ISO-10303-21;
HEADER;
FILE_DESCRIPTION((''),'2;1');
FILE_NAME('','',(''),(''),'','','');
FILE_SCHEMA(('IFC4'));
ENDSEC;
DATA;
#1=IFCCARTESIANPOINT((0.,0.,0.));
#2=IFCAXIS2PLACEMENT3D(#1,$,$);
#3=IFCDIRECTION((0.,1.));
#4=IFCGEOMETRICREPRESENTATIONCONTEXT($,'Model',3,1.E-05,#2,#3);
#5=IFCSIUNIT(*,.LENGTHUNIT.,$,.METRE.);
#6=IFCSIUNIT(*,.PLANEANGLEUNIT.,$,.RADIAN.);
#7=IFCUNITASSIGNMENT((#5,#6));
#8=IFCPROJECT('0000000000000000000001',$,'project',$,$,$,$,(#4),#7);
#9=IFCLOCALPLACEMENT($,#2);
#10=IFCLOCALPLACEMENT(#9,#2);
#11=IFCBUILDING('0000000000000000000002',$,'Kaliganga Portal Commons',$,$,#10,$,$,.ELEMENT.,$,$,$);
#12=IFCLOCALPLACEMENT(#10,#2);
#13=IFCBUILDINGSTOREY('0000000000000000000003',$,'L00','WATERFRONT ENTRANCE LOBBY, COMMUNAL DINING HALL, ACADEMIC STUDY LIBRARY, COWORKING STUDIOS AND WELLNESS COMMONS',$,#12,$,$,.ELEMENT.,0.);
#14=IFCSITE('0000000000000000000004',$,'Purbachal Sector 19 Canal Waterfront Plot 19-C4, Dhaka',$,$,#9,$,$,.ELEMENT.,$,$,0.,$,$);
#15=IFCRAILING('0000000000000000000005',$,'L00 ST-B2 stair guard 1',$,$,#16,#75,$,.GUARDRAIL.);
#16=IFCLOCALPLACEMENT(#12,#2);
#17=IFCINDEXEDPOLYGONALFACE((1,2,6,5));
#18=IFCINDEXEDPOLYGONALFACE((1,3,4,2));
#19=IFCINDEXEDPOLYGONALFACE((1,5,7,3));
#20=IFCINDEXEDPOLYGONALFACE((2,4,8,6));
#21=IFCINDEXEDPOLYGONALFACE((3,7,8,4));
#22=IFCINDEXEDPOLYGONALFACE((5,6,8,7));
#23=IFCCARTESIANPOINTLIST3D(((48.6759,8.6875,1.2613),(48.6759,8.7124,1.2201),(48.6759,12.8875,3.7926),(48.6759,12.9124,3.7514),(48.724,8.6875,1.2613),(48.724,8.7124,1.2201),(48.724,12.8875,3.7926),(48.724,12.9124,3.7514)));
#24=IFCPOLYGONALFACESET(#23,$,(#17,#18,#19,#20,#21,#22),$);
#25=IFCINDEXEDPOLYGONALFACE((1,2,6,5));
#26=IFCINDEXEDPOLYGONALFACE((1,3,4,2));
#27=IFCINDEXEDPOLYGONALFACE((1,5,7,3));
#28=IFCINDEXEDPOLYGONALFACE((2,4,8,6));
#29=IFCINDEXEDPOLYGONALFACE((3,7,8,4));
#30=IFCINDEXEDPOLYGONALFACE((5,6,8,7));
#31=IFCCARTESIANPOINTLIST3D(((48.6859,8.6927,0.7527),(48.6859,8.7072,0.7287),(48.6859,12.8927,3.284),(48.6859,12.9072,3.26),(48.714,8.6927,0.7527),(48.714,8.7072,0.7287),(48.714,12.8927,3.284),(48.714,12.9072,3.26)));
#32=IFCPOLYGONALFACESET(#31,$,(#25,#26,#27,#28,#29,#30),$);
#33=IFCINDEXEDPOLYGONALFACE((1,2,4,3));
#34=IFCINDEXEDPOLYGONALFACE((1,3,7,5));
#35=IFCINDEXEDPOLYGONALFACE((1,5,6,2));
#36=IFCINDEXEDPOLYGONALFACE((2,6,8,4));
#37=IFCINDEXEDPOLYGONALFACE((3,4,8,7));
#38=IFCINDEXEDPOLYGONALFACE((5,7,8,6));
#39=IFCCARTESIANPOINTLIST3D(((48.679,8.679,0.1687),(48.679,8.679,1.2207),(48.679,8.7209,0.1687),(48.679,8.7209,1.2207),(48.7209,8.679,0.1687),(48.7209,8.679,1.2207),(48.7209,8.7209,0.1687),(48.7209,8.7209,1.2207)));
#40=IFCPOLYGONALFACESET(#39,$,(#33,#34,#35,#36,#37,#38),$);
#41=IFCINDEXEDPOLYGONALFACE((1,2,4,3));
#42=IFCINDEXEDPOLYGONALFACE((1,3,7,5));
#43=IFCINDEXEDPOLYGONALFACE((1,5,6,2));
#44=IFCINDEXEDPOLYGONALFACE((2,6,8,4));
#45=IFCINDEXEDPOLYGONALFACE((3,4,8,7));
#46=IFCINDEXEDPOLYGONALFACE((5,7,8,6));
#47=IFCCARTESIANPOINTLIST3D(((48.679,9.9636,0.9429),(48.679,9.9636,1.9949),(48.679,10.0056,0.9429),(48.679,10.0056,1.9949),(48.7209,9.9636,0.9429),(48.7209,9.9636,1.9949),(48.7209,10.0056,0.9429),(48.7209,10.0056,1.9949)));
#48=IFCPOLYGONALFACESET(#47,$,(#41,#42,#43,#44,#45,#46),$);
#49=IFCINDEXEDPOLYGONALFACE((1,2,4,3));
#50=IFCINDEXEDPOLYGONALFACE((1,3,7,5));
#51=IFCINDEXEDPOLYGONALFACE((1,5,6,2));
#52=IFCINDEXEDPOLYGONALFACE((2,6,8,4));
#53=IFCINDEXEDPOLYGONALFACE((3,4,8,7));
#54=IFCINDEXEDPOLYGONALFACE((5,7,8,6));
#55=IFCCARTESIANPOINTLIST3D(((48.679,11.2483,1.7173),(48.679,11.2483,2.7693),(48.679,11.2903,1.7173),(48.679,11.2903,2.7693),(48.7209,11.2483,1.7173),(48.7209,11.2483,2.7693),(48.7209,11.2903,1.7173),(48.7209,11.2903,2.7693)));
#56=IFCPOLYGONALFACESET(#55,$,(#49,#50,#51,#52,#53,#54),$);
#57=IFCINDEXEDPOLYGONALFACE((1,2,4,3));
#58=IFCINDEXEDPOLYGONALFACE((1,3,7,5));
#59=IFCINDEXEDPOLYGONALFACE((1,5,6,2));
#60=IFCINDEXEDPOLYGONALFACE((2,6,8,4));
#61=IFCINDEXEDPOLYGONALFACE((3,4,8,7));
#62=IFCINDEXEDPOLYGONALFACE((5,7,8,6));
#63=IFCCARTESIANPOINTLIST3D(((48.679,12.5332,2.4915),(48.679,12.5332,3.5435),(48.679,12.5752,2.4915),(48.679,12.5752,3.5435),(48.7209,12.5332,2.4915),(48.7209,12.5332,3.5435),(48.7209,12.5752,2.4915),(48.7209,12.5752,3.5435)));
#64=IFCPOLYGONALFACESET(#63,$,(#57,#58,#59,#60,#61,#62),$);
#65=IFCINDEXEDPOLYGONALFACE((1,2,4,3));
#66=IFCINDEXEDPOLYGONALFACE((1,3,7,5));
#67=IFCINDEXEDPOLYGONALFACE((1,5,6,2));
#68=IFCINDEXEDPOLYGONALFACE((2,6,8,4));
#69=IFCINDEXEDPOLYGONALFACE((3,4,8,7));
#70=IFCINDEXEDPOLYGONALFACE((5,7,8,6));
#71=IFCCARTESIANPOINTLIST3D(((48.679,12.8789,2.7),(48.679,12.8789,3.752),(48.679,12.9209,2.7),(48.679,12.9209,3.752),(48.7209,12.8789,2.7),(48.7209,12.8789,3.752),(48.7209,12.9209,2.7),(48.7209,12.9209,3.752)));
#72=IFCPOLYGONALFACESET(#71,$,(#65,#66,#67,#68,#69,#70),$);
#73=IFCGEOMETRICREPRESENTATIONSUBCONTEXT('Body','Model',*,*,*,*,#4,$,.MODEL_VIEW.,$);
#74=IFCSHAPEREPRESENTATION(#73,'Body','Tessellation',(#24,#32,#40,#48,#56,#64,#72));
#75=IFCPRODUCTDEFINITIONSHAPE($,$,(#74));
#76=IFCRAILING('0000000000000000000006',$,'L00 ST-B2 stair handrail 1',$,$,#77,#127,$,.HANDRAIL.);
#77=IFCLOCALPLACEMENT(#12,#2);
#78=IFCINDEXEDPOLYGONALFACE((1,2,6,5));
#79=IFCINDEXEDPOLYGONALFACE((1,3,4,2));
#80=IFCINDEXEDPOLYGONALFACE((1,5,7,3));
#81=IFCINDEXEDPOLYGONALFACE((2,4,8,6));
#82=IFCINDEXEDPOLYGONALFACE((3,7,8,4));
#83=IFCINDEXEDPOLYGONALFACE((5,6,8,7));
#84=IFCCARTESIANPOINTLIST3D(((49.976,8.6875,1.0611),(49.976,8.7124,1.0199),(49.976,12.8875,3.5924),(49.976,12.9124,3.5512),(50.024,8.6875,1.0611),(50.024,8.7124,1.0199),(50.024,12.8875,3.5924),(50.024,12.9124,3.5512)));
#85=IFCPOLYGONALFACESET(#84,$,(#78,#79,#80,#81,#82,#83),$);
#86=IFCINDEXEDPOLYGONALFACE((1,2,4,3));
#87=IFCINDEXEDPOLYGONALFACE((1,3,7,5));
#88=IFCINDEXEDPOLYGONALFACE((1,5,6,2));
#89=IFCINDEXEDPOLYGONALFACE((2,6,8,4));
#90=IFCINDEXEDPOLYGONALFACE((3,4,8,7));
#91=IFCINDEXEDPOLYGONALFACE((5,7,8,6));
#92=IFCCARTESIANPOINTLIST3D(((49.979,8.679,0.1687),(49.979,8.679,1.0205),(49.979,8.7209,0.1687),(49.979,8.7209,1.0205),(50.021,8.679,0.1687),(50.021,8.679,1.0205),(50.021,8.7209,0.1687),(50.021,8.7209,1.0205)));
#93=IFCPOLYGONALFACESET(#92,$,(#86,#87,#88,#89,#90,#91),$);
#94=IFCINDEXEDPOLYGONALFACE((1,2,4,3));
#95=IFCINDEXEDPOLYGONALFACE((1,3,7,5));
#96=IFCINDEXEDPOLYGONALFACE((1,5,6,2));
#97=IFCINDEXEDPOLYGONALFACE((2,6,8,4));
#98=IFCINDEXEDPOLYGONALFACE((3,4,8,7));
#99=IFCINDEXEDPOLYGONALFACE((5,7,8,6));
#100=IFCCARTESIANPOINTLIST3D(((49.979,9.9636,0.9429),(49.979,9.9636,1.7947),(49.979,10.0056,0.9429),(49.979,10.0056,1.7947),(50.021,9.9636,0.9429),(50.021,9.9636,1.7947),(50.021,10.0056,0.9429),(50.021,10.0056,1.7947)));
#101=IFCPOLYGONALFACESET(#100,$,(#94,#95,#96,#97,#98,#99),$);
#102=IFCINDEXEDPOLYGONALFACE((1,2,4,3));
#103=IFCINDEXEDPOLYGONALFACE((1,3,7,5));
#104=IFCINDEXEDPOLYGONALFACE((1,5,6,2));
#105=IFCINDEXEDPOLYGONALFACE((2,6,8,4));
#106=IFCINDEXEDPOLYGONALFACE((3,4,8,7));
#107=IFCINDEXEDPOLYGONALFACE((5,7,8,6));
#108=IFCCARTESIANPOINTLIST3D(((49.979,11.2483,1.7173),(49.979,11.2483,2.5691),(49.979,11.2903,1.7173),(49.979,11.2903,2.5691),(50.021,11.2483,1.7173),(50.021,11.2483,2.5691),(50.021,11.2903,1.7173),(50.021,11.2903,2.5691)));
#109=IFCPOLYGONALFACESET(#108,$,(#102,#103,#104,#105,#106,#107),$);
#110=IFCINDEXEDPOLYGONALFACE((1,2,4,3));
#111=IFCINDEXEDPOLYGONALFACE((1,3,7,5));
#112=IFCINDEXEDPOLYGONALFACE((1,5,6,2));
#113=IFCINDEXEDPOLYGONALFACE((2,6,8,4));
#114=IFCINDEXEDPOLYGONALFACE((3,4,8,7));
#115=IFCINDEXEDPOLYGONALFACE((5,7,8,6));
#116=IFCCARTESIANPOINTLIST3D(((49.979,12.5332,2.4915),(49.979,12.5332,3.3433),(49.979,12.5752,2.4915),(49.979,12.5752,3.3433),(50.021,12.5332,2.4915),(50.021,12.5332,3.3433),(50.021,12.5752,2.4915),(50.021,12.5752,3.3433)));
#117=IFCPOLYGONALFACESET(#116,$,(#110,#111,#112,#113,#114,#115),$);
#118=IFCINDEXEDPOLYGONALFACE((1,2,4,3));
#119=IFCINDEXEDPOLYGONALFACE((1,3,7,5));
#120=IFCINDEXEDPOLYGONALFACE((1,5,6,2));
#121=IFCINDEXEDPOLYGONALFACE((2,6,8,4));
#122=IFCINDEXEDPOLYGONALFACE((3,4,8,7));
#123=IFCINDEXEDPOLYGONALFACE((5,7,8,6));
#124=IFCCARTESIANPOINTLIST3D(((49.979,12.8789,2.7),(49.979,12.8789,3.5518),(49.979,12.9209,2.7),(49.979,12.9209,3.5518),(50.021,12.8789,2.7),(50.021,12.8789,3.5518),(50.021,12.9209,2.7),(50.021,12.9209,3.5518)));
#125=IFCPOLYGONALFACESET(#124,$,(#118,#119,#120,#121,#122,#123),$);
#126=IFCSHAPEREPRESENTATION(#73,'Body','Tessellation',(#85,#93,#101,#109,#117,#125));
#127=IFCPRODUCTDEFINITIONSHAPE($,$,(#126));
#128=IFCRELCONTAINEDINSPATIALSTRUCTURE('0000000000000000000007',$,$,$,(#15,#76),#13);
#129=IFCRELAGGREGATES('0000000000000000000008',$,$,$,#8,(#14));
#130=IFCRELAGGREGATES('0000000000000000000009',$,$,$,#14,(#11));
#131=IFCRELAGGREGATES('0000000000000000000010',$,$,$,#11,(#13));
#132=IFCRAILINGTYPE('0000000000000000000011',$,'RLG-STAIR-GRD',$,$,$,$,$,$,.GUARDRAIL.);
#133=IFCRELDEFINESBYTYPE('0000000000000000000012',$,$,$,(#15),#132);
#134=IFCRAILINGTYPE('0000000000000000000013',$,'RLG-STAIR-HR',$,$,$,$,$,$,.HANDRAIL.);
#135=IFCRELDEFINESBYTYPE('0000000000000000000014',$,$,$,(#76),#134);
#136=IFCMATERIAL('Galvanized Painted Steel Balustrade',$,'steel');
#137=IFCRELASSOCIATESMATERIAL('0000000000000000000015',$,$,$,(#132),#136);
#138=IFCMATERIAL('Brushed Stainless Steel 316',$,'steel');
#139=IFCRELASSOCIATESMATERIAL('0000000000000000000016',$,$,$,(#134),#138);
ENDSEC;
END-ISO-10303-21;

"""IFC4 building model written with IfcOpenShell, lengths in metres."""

from ifc_helpers import new_model, si_unit, direction, frame, origin, origin_2d, place, context, subcontext, project, spatial, rectangle, extrude, material, type_object, element, save


model = new_model("IFC4")

# Units and contexts
model_context = context("Model", 3, precision=1e-05, world=origin(), true_north=direction((0.0, 1.0)))
body_context = subcontext(model_context, "Body", "Model", "MODEL_VIEW")
ifc_project = project(units=[si_unit("LENGTHUNIT", "METRE"), si_unit("PLANEANGLEUNIT", "RADIAN")], contexts=[model_context])

# Site, building, storey
site_placement = place(None, origin())
site = spatial("IfcSite", under=ifc_project, at=site_placement, Name="Purbachal Sector 19 Canal Waterfront Plot 19-C4, Dhaka", CompositionType="ELEMENT", RefElevation=0.0)
building_placement = place(site_placement, origin())
building = spatial("IfcBuilding", under=site, at=building_placement, Name="Kaliganga Portal Commons", CompositionType="ELEMENT")
storey_placement = place(building_placement, origin())
storey = spatial("IfcBuildingStorey", under=building, at=storey_placement, Name="L00", Description="WATERFRONT ENTRANCE LOBBY, COMMUNAL DINING HALL, ACADEMIC STUDY LIBRARY, COWORKING STUDIOS AND WELLNESS COMMONS", CompositionType="ELEMENT", Elevation=0.0)

# Railings
ifc_material_1 = material(Name="Galvanized Painted Steel Balustrade", Category="steel")
railing_type_1 = type_object("IfcRailingType", Name="RLG-STAIR-GRD", PredefinedType="GUARDRAIL", material=ifc_material_1)
railing_1_placement = place(storey_placement, frame((48.7, 8.7, 0.1687)))
element("IfcRailing", 1, at=railing_1_placement, inside=storey, type_object=railing_type_1, Name="L00 ST-B2 stair guard 1", PredefinedType="GUARDRAIL", context=body_context, shape_type="SweptSolid", body=[
    extrude(rectangle(XDim=0.0481, YDim=0.0481, at=origin_2d()), frame((0.0, 0.0, 1.072), z_axis=(0.0, 0.856476, 0.516186), x_axis=(-1.0, 0.0, 0.0)), (0.0, 0.0, 1.0), 4.9038),
    extrude(rectangle(XDim=0.0281, YDim=0.0281, at=origin_2d()), frame((0.0, 0.0, 0.572), z_axis=(0.0, 0.856476, 0.516186), x_axis=(-1.0, 0.0, 0.0)), (0.0, 0.0, 1.0), 4.9038),
    extrude(rectangle(XDim=0.042, YDim=0.042, at=origin_2d()), origin(), (0.0, 0.0, 1.0), 1.052),
    extrude(rectangle(XDim=0.042, YDim=0.042, at=origin_2d()), frame((0.0, 1.2847, 0.7742)), (0.0, 0.0, 1.0), 1.052),
    extrude(rectangle(XDim=0.042, YDim=0.042, at=origin_2d()), frame((0.0, 2.5693, 1.5486)), (0.0, 0.0, 1.0), 1.052),
    extrude(rectangle(XDim=0.042, YDim=0.042, at=origin_2d()), frame((0.0, 3.8542, 2.3228)), (0.0, 0.0, 1.0), 1.052),
    extrude(rectangle(XDim=0.042, YDim=0.042, at=origin_2d()), frame((0.0, 4.2, 2.5312)), (0.0, 0.0, 1.0), 1.052),
])
ifc_material_2 = material(Name="Brushed Stainless Steel 316", Category="steel")
railing_type_2 = type_object("IfcRailingType", Name="RLG-STAIR-HR", PredefinedType="HANDRAIL", material=ifc_material_2)
railing_2_placement = place(storey_placement, frame((50.0, 8.7, 0.1687)))
element("IfcRailing", 2, at=railing_2_placement, inside=storey, type_object=railing_type_2, Name="L00 ST-B2 stair handrail 1", PredefinedType="HANDRAIL", context=body_context, shape_type="SweptSolid", body=[
    extrude(rectangle(XDim=0.0481, YDim=0.0481, at=origin_2d()), frame((0.0, 0.0, 0.8718), z_axis=(0.0, 0.856476, 0.516186), x_axis=(-1.0, 0.0, 0.0)), (0.0, 0.0, 1.0), 4.9038),
    extrude(rectangle(XDim=0.042, YDim=0.042, at=origin_2d()), origin(), (0.0, 0.0, 1.0), 0.8518),
    extrude(rectangle(XDim=0.042, YDim=0.042, at=origin_2d()), frame((0.0, 1.2847, 0.7742)), (0.0, 0.0, 1.0), 0.8518),
    extrude(rectangle(XDim=0.042, YDim=0.042, at=origin_2d()), frame((0.0, 2.5693, 1.5486)), (0.0, 0.0, 1.0), 0.8518),
    extrude(rectangle(XDim=0.042, YDim=0.042, at=origin_2d()), frame((0.0, 3.8542, 2.3228)), (0.0, 0.0, 1.0), 0.8518),
    extrude(rectangle(XDim=0.042, YDim=0.042, at=origin_2d()), frame((0.0, 4.2, 2.5312)), (0.0, 0.0, 1.0), 0.8518),
])

save(model, "model.ifc")
